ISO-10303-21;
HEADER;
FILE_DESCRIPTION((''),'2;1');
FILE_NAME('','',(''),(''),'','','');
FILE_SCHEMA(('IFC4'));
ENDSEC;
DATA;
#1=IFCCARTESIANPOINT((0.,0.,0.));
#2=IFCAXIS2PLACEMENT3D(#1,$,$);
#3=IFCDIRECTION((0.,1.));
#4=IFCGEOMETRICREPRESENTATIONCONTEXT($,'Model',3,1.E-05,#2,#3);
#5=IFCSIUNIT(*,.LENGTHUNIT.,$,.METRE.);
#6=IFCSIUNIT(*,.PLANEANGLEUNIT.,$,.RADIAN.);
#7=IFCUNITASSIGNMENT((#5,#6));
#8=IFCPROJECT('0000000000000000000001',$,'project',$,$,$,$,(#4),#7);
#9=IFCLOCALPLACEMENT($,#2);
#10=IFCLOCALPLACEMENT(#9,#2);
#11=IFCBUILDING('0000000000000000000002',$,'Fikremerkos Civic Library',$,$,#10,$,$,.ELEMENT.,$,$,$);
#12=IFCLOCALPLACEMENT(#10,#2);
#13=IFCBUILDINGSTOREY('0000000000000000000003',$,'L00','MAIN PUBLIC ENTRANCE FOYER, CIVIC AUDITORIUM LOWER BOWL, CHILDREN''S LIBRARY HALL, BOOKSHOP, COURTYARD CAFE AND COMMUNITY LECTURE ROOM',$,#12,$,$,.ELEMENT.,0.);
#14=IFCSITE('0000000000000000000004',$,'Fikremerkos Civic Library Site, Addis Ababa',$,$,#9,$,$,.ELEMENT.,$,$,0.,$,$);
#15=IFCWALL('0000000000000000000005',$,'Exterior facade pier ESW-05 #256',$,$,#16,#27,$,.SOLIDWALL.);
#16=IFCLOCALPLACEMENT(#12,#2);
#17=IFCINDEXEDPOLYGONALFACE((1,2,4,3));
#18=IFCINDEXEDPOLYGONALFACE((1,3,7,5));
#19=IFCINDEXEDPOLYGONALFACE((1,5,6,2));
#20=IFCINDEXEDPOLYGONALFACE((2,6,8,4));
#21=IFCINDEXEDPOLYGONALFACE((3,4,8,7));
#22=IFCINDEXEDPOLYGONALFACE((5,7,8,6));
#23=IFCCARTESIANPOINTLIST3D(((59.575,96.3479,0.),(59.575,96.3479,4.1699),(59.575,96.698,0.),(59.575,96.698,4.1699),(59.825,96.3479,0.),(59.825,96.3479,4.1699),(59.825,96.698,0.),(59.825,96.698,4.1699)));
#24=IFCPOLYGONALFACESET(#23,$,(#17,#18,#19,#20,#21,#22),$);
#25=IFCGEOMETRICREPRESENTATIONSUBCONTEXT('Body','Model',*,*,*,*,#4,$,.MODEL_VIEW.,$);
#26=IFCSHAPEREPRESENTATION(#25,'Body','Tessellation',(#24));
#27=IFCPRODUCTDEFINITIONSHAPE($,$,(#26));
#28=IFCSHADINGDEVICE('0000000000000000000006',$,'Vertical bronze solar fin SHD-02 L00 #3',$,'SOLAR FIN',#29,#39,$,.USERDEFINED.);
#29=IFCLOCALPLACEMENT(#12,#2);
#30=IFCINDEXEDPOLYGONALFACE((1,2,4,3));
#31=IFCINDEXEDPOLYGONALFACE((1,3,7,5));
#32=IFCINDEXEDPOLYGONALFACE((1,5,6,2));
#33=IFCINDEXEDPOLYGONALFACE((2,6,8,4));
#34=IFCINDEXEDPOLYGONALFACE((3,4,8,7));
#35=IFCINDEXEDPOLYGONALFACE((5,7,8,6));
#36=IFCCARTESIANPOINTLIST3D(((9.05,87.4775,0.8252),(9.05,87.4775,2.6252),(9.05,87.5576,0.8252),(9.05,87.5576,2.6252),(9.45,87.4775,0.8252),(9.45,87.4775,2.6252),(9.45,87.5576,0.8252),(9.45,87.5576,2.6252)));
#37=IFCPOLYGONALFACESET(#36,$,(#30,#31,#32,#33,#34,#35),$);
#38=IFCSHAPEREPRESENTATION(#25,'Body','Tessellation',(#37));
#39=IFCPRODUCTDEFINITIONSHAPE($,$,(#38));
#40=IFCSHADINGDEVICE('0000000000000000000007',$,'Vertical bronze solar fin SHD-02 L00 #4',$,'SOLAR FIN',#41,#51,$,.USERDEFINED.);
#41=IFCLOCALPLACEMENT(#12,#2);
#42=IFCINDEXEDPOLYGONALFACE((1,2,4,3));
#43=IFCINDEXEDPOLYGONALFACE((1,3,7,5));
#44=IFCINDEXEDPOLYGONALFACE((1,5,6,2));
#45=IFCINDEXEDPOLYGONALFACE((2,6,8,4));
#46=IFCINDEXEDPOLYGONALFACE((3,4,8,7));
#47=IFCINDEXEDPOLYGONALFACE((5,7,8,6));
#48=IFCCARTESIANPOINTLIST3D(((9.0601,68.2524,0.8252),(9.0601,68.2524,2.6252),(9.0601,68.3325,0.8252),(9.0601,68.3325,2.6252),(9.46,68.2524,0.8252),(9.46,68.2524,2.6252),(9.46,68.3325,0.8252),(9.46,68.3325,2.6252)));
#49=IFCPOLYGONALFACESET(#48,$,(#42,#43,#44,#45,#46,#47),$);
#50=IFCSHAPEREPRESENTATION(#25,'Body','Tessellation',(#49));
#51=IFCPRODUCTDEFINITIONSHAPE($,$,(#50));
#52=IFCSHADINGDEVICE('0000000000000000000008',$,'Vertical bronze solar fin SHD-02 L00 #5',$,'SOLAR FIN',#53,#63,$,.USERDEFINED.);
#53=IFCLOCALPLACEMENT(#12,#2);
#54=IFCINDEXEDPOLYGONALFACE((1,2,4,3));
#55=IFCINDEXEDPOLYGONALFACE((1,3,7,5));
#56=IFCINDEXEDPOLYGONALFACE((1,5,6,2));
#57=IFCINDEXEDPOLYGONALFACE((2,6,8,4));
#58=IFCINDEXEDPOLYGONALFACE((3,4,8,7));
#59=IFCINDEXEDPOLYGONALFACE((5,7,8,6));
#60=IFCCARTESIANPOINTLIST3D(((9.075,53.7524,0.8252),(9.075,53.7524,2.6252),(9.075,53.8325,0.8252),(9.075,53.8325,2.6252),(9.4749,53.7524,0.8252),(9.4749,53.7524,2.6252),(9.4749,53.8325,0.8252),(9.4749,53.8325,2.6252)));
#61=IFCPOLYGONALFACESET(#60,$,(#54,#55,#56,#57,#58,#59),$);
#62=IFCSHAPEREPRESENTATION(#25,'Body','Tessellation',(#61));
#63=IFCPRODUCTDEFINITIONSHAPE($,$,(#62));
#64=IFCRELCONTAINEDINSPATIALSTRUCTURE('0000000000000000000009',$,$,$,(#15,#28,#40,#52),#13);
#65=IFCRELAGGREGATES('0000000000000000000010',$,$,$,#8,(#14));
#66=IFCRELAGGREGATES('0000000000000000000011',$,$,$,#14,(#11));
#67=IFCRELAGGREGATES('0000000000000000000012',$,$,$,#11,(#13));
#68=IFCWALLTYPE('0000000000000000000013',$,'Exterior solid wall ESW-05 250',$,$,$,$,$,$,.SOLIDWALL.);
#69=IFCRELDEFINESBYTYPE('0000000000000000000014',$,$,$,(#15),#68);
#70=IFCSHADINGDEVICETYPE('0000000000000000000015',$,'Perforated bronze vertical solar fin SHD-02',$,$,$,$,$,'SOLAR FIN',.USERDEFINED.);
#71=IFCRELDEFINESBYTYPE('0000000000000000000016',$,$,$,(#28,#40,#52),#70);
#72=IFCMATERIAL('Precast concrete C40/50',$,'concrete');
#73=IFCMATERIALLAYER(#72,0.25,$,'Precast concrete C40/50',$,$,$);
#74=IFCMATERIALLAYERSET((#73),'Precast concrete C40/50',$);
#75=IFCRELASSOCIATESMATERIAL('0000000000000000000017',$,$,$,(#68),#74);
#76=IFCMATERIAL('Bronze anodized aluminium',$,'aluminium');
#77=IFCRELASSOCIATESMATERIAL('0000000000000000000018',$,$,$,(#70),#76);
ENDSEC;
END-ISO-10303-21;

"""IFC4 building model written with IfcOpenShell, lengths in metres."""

from ifc_helpers import new_model, si_unit, direction, frame, frame_2d, origin, origin_2d, place, context, subcontext, project, spatial, rectangle, extrude, material, layer, layer_set, type_object, element, save


model = new_model("IFC4")

# Units and contexts
model_context = context("Model", 3, precision=1e-05, world=origin(), true_north=direction((0.0, 1.0)))
body_context = subcontext(model_context, "Body", "Model", "MODEL_VIEW")
ifc_project = project(units=[si_unit("LENGTHUNIT", "METRE"), si_unit("PLANEANGLEUNIT", "RADIAN")], contexts=[model_context])

# Site, building, storey
site_placement = place(None, origin())
site = spatial("IfcSite", under=ifc_project, at=site_placement, Name="Fikremerkos Civic Library Site, Addis Ababa", CompositionType="ELEMENT", RefElevation=0.0)
building_placement = place(site_placement, origin())
building = spatial("IfcBuilding", under=site, at=building_placement, Name="Fikremerkos Civic Library", CompositionType="ELEMENT")
storey_placement = place(building_placement, origin())
storey = spatial("IfcBuildingStorey", under=building, at=storey_placement, Name="L00", Description="MAIN PUBLIC ENTRANCE FOYER, CIVIC AUDITORIUM LOWER BOWL, CHILDREN'S LIBRARY HALL, BOOKSHOP, COURTYARD CAFE AND COMMUNITY LECTURE ROOM", CompositionType="ELEMENT", Elevation=0.0)

# Shared definitions
ifc_material_1 = material(Name="Precast concrete C40/50", Category="concrete")
ifc_layer_1 = layer(ifc_material_1, 0.25, Name="Precast concrete C40/50")
ifc_layer_set_1 = layer_set([ifc_layer_1], Name="Precast concrete C40/50")
wall_type_1 = type_object("IfcWallType", Name="Exterior solid wall ESW-05 250", PredefinedType="SOLIDWALL", material=ifc_layer_set_1)

# Wall
wall_1_placement = place(storey_placement, frame((59.7, 96.3479, 0.0), z_axis=(0.0, 0.0, 1.0), x_axis=(0.0, 1.0, 0.0)))
element("IfcWall", 1, at=wall_1_placement, inside=storey, type_object=wall_type_1, Name="Exterior facade pier ESW-05 #256", PredefinedType="SOLIDWALL", context=body_context, shape_type="SweptSolid", body=[
    extrude(rectangle(XDim=0.3501, YDim=0.25, at=frame_2d((0.175, 0.0))), origin(), (0.0, 0.0, 1.0), 4.1699),
])

# Shading devices
ifc_material_2 = material(Name="Bronze anodized aluminium", Category="aluminium")
shading_device_type = type_object("IfcShadingDeviceType", Name="Perforated bronze vertical solar fin SHD-02", ElementType="SOLAR FIN", PredefinedType="USERDEFINED", material=ifc_material_2)
for number, where, z_axis, x_axis, name in (
    (2, (9.25, 87.5176, 0.8252), (0.0, 0.0, 1.0), (0.0, 1.0, 0.0), "Vertical bronze solar fin SHD-02 L00 #3"),
    (3, (9.26, 68.2925, 0.8252), (0.0, 0.0, 1.0), (0.0, 1.0, 0.0), "Vertical bronze solar fin SHD-02 L00 #4"),
    (4, (9.2749, 53.7925, 0.8252), (0.0, 0.0, 1.0), (0.0, 1.0, 0.0), "Vertical bronze solar fin SHD-02 L00 #5"),
):
    element("IfcShadingDevice", number, at=place(storey_placement, frame(where, z_axis=z_axis, x_axis=x_axis)), inside=storey, type_object=shading_device_type, Name=name, ObjectType="SOLAR FIN", PredefinedType="USERDEFINED", context=body_context, shape_type="SweptSolid", body=[
        extrude(rectangle(XDim=0.0801, YDim=0.3999, at=origin_2d()), origin(), (0.0, 0.0, 1.0), 1.8),
    ])

save(model, "model.ifc")
